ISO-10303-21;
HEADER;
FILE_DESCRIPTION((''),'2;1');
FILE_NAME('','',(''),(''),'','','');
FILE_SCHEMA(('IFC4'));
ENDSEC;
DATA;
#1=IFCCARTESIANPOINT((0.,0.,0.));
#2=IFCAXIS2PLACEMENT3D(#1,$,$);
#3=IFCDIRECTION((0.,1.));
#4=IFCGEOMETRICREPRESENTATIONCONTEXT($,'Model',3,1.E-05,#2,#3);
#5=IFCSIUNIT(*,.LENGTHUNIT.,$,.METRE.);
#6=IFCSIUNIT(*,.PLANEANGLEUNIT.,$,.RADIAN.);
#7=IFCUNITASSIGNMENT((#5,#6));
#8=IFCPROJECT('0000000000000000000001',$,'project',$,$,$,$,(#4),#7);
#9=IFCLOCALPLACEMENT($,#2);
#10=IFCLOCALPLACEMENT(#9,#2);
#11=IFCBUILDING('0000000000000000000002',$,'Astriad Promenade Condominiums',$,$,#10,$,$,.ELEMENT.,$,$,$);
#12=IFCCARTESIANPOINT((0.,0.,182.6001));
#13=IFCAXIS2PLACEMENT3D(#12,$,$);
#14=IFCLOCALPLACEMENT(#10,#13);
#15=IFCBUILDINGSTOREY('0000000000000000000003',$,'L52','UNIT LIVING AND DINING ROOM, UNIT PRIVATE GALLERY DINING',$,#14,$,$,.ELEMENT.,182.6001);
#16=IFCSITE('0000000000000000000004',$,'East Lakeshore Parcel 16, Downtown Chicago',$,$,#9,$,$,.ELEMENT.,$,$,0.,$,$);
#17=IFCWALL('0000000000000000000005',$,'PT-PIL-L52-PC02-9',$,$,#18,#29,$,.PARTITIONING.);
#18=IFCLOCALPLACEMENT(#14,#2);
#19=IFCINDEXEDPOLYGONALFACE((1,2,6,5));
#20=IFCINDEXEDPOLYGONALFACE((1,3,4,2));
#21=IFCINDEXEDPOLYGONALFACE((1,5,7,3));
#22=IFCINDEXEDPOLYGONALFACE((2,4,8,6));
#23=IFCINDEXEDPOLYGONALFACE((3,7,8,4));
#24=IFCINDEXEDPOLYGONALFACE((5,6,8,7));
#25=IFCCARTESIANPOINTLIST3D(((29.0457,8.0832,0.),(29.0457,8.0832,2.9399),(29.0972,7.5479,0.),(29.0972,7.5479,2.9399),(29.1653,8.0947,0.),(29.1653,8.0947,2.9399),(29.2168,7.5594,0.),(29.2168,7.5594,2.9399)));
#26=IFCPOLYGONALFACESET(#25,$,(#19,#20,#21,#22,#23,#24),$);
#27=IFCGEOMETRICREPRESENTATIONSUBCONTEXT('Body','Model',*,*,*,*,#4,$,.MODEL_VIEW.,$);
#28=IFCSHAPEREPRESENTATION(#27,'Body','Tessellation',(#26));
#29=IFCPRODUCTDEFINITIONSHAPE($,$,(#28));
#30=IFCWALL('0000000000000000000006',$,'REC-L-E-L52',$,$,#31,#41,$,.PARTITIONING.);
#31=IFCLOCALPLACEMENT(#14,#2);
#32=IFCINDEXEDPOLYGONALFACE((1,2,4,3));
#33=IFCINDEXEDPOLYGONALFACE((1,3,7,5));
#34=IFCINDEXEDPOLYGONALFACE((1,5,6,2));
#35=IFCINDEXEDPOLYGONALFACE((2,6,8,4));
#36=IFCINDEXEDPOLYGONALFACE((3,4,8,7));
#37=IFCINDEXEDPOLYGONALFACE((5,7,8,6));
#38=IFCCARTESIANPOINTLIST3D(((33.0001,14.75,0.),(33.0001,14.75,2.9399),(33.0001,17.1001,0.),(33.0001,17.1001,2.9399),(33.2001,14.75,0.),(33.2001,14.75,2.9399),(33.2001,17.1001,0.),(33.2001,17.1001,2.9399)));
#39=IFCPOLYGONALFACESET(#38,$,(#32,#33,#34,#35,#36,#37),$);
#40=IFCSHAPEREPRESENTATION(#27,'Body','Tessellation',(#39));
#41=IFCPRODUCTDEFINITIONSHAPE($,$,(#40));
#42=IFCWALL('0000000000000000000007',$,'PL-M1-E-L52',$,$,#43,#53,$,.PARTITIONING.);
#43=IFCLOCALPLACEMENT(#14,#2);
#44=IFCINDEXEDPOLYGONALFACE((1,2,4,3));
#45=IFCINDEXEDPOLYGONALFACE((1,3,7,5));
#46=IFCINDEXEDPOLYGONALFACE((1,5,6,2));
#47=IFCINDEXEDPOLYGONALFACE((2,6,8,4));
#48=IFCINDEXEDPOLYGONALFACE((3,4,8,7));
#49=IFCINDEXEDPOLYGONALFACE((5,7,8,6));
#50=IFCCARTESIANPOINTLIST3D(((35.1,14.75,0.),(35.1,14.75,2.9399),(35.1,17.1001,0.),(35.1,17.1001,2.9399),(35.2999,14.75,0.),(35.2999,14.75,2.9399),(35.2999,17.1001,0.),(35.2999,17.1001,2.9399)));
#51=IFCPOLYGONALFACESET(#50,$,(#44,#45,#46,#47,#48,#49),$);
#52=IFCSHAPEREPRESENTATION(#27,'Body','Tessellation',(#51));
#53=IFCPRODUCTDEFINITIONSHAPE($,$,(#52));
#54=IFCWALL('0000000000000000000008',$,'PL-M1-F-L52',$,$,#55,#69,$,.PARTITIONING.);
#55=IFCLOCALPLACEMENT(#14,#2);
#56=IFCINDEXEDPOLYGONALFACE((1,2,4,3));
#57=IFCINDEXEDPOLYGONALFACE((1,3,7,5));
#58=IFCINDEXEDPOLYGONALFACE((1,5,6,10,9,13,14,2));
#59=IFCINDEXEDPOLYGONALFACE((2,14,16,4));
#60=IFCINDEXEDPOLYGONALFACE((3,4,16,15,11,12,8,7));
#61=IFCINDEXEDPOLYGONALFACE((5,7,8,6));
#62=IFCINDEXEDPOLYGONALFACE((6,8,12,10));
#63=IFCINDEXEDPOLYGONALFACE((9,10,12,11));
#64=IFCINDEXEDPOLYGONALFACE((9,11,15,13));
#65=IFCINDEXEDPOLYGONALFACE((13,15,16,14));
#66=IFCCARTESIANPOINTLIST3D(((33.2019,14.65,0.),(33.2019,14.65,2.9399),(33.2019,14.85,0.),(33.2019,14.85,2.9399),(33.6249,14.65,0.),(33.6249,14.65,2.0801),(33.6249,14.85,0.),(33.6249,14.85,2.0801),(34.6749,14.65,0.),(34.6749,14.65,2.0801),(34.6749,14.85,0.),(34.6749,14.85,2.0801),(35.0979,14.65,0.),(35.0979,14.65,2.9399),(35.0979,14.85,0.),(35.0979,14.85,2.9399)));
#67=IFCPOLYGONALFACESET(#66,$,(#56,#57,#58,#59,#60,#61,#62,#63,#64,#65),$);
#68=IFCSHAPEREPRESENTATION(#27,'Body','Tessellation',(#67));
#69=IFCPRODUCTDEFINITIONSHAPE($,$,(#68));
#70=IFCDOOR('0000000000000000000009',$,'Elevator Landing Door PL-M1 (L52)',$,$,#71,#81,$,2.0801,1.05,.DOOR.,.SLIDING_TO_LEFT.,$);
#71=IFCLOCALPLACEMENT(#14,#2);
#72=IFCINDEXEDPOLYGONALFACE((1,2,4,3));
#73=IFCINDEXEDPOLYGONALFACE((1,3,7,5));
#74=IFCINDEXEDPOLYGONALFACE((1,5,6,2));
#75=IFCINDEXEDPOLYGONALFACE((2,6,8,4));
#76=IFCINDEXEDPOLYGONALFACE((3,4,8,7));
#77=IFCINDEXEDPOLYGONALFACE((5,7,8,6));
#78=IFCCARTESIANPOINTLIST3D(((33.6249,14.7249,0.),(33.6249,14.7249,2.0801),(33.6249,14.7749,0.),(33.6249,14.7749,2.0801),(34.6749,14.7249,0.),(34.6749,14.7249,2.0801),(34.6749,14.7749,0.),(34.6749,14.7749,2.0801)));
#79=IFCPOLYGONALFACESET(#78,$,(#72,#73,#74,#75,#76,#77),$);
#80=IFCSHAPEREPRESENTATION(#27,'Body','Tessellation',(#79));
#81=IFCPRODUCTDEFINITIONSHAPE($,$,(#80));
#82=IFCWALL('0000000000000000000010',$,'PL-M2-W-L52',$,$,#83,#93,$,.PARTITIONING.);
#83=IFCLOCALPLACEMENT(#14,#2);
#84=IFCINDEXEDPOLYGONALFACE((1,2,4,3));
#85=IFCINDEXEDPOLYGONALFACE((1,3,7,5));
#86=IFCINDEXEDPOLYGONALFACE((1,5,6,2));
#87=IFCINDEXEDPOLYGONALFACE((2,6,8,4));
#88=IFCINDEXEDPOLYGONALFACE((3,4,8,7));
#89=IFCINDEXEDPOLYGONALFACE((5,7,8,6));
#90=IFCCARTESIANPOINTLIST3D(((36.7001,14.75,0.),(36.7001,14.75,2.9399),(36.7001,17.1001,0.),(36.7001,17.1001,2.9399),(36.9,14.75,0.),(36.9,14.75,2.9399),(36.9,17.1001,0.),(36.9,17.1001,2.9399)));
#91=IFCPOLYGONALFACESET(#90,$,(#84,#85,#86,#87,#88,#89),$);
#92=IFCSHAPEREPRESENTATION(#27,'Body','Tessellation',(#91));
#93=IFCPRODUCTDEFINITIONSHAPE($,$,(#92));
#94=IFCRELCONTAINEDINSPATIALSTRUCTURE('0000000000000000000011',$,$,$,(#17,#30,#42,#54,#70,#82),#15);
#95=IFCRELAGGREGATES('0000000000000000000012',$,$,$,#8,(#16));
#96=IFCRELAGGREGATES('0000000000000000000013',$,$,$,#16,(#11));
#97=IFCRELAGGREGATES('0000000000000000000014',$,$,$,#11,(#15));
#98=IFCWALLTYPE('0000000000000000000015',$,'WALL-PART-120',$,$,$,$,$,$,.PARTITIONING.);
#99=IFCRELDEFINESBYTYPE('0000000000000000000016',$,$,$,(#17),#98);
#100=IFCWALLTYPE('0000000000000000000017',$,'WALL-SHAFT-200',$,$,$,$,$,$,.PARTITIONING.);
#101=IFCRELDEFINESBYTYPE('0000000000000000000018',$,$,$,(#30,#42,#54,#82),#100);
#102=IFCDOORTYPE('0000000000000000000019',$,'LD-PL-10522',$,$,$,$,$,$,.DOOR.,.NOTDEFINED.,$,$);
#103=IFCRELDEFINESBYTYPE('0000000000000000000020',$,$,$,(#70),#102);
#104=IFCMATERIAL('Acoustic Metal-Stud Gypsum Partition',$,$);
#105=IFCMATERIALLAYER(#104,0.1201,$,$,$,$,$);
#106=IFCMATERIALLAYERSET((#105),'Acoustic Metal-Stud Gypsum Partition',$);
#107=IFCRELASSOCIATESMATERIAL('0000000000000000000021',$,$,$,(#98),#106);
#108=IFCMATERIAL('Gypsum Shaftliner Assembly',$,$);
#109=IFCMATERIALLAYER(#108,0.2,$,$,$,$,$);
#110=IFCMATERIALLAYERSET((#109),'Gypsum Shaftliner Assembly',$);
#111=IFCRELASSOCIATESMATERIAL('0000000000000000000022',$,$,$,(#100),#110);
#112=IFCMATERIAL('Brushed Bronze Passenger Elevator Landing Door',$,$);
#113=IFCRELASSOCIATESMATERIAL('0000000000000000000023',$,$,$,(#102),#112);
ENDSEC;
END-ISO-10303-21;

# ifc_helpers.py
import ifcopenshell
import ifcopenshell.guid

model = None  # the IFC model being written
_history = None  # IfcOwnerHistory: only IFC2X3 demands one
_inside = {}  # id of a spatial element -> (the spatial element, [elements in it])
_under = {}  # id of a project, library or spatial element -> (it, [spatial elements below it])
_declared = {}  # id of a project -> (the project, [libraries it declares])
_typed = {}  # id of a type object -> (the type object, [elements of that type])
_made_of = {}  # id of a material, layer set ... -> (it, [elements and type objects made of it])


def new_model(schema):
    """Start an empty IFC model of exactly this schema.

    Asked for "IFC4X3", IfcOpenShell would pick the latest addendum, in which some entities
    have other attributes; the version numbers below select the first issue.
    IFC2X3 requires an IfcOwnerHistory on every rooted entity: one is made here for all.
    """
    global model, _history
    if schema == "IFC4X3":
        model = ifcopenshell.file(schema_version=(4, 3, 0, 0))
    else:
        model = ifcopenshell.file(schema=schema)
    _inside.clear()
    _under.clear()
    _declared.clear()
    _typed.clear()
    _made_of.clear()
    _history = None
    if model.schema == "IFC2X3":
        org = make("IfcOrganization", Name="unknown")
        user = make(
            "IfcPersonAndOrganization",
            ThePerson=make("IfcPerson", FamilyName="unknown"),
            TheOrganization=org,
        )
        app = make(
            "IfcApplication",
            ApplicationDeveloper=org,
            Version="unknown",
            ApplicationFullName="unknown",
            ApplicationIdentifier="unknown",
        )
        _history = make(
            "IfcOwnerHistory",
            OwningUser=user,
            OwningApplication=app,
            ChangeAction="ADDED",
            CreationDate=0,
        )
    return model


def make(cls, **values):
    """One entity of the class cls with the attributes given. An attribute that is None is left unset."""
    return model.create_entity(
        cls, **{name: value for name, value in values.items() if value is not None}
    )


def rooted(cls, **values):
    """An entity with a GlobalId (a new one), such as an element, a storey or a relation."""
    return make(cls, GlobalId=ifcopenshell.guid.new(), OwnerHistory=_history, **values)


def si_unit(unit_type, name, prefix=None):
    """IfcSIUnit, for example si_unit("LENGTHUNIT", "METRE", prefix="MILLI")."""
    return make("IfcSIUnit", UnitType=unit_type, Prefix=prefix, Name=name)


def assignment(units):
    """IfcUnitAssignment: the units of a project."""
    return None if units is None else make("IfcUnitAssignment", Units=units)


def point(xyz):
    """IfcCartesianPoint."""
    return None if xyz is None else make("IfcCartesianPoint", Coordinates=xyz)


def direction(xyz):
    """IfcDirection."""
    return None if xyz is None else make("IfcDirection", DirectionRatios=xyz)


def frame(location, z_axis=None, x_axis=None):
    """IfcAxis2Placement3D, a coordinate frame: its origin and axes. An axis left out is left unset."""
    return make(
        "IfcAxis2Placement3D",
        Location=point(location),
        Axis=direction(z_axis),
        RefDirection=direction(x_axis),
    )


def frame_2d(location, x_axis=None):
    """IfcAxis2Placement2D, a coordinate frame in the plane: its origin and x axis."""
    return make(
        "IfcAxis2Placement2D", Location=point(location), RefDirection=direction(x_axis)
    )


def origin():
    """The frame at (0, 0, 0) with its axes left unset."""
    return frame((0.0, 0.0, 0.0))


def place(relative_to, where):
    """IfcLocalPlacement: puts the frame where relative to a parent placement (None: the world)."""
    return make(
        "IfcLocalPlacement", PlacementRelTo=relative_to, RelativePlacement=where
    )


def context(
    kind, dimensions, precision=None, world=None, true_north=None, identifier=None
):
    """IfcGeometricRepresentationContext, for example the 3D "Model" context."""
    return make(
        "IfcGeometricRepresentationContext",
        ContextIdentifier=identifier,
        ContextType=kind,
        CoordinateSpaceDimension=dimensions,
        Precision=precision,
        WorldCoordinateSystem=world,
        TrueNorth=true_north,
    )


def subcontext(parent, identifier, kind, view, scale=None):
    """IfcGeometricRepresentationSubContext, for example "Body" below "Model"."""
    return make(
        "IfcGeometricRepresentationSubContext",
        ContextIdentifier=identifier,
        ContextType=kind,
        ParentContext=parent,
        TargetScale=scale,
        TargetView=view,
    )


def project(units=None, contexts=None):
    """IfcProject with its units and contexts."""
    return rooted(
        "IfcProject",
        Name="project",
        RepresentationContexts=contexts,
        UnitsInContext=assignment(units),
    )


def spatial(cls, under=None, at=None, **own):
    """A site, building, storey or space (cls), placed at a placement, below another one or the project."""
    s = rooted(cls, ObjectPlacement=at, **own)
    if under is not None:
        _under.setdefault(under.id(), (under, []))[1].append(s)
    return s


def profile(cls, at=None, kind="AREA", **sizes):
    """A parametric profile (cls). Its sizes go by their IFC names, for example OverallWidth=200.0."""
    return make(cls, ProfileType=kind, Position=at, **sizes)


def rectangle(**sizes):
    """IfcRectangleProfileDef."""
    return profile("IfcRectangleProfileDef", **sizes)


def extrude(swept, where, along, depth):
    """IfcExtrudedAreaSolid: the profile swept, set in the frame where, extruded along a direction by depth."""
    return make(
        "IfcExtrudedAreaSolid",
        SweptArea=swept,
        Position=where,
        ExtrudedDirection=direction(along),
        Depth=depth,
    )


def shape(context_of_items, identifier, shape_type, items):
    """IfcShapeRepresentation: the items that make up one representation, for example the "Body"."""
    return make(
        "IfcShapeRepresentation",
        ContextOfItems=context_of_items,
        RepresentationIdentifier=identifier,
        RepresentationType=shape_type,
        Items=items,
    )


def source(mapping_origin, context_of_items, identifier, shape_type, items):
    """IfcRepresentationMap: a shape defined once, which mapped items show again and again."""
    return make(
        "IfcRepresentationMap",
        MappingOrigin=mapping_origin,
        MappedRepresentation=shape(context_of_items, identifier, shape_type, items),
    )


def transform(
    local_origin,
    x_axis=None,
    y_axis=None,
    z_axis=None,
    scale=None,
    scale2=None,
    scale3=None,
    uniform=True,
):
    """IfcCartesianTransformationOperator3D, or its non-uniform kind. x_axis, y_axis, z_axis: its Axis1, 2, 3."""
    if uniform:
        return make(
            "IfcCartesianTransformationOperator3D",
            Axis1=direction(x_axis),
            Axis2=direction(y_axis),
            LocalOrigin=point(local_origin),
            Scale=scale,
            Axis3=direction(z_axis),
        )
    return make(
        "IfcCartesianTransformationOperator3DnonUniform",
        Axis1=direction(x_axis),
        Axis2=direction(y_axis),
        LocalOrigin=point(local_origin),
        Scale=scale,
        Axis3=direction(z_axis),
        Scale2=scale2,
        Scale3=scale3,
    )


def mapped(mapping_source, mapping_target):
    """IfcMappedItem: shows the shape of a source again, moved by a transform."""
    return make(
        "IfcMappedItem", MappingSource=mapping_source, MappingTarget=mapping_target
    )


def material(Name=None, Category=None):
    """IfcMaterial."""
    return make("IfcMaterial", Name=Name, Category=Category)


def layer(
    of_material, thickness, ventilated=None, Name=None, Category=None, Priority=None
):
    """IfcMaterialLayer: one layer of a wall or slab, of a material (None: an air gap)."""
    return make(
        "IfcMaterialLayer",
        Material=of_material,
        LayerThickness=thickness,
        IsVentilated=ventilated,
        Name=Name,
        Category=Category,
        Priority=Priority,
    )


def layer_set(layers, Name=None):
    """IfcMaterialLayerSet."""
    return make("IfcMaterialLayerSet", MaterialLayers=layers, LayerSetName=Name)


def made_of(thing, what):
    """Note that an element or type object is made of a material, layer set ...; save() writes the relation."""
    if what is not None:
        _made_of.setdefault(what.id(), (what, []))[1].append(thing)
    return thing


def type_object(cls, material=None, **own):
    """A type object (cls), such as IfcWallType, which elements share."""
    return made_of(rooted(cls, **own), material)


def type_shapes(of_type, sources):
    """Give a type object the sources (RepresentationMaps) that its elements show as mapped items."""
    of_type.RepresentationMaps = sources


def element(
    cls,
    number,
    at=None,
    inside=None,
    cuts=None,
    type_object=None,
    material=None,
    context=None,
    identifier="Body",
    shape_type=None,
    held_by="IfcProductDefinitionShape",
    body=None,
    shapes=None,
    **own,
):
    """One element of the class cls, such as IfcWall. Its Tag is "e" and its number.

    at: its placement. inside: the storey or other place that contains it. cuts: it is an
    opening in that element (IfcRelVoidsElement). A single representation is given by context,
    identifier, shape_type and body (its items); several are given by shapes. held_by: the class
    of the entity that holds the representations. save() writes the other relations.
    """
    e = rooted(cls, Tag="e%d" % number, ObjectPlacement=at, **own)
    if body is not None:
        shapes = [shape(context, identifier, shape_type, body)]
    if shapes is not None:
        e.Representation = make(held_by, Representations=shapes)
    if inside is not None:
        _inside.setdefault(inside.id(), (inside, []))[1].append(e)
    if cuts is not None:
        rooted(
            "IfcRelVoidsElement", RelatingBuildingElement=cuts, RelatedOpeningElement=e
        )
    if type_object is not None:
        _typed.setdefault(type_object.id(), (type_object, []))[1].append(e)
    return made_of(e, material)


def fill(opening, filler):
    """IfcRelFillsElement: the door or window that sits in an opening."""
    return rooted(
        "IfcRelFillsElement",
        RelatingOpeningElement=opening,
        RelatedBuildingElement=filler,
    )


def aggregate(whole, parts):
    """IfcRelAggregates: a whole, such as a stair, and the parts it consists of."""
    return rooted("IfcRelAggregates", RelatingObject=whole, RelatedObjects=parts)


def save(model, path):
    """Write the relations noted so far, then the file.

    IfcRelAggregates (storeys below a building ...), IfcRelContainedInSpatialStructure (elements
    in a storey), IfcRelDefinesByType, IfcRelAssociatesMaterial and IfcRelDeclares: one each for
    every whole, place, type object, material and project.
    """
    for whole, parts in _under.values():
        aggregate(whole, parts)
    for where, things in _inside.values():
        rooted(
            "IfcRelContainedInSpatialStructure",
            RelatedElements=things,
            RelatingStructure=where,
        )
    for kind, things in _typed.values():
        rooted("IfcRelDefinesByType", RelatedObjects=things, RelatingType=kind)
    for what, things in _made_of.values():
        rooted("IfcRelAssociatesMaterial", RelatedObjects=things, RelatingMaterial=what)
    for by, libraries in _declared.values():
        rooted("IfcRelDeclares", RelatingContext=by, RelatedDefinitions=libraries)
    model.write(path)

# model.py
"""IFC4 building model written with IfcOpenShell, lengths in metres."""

from ifc_helpers import new_model, si_unit, direction, frame, frame_2d, origin, place, context, subcontext, project, spatial, rectangle, extrude, source, transform, mapped, material, layer, layer_set, type_object, type_shapes, element, fill, save


model = new_model("IFC4")

# Units and contexts
model_context = context("Model", 3, precision=1e-05, world=origin(), true_north=direction((0.0, 1.0)))
body_context = subcontext(model_context, "Body", "Model", "MODEL_VIEW")
ifc_project = project(units=[si_unit("LENGTHUNIT", "METRE"), si_unit("PLANEANGLEUNIT", "RADIAN")], contexts=[model_context])

# Site, building, storey
site_placement = place(None, origin())
site = spatial("IfcSite", under=ifc_project, at=site_placement, Name="East Lakeshore Parcel 16, Downtown Chicago", CompositionType="ELEMENT", RefElevation=0.0)
building_placement = place(site_placement, origin())
building = spatial("IfcBuilding", under=site, at=building_placement, Name="Astriad Promenade Condominiums", CompositionType="ELEMENT")
storey_placement = place(building_placement, frame((0.0, 0.0, 182.6001)))
storey = spatial("IfcBuildingStorey", under=building, at=storey_placement, Name="L52", Description="UNIT LIVING AND DINING ROOM, UNIT PRIVATE GALLERY DINING", CompositionType="ELEMENT", Elevation=182.6001)

# Shared definitions
ifc_material_1 = material(Name="Acoustic Metal-Stud Gypsum Partition")
ifc_layer_1 = layer(ifc_material_1, 0.1201)
ifc_layer_set_1 = layer_set([ifc_layer_1], Name="Acoustic Metal-Stud Gypsum Partition")
wall_type_1 = type_object("IfcWallType", Name="WALL-PART-120", PredefinedType="PARTITIONING", material=ifc_layer_set_1)

# Walls
wall_1_placement = place(storey_placement, frame((29.1055, 8.0891, 0.0), z_axis=(0.0, 0.0, 1.0), x_axis=(0.095773, -0.995403, 0.0)))
element("IfcWall", 1, at=wall_1_placement, inside=storey, type_object=wall_type_1, Name="PT-PIL-L52-PC02-9", PredefinedType="PARTITIONING", context=body_context, shape_type="SweptSolid", body=[
    extrude(rectangle(XDim=0.5378, YDim=0.1201, at=frame_2d((0.269, 0.0))), origin(), (0.0, 0.0, 1.0), 2.9399),
])
ifc_material_2 = material(Name="Gypsum Shaftliner Assembly")
ifc_layer_2 = layer(ifc_material_2, 0.2)
ifc_layer_set_2 = layer_set([ifc_layer_2], Name="Gypsum Shaftliner Assembly")
wall_type_2 = type_object("IfcWallType", Name="WALL-SHAFT-200", PredefinedType="PARTITIONING", material=ifc_layer_set_2)
for number, where, z_axis, x_axis, name in (
    (2, (33.1001, 14.75, 0.0), (0.0, 0.0, 1.0), (0.0, 1.0, 0.0), "REC-L-E-L52"),
    (3, (35.2, 14.75, 0.0), (0.0, 0.0, 1.0), (0.0, 1.0, 0.0), "PL-M1-E-L52"),
):
    element("IfcWall", number, at=place(storey_placement, frame(where, z_axis=z_axis, x_axis=x_axis)), inside=storey, type_object=wall_type_2, Name=name, PredefinedType="PARTITIONING", context=body_context, shape_type="SweptSolid", body=[
        extrude(rectangle(XDim=2.3501, YDim=0.2, at=frame_2d((1.175, 0.0))), origin(), (0.0, 0.0, 1.0), 2.9399),
    ])

# Wall, opening, door
wall_2_placement = place(storey_placement, frame((33.2019, 14.75, 0.0), z_axis=(0.0, 0.0, 1.0), x_axis=(1.0, 0.0, 0.0)))
wall_2 = element("IfcWall", 4, at=wall_2_placement, inside=storey, type_object=wall_type_2, Name="PL-M1-F-L52", PredefinedType="PARTITIONING", context=body_context, shape_type="SweptSolid", body=[
    extrude(rectangle(XDim=1.896, YDim=0.2, at=frame_2d((0.948, 0.0))), origin(), (0.0, 0.0, 1.0), 2.9399),
])
opening_1_placement = place(wall_2_placement, frame((0.4231, 0.0, 0.0)))
opening_1 = element("IfcOpeningElement", 5, at=opening_1_placement, cuts=wall_2, PredefinedType="OPENING", context=body_context, shape_type="SweptSolid", body=[
    extrude(rectangle(XDim=1.05, YDim=2.0801, at=frame_2d((0.5249, 1.04))), frame((0.0, 0.1099, 0.0), z_axis=(0.0, -1.0, 0.0), x_axis=(1.0, 0.0, 0.0)), (0.0, 0.0, 1.0), 0.22),
])
ifc_material_3 = material(Name="Brushed Bronze Passenger Elevator Landing Door")
door_type_1 = type_object("IfcDoorType", Name="LD-PL-10522", OperationType="NOTDEFINED", PredefinedType="DOOR", material=ifc_material_3)
shared_shape_1 = source(origin(), body_context, "Body", "SweptSolid", [
    extrude(rectangle(XDim=1.05, YDim=2.0801, at=frame_2d((0.5249, 1.04))), frame((0.0, 0.0249, 0.0), z_axis=(0.0, -1.0, 0.0), x_axis=(1.0, 0.0, 0.0)), (0.0, 0.0, 1.0), 0.05),
])
type_shapes(door_type_1, [shared_shape_1])
door_1_placement = place(opening_1_placement, origin())
door_1 = element("IfcDoor", 6, at=door_1_placement, inside=storey, type_object=door_type_1, Name="Elevator Landing Door PL-M1 (L52)", OperationType="SLIDING_TO_LEFT", OverallHeight=2.0801, OverallWidth=1.05, PredefinedType="DOOR", context=body_context, shape_type="MappedRepresentation", body=[
    mapped(shared_shape_1, transform((0.0, 0.0, 0.0), scale=1.0)),
])
fill(opening_1, door_1)

# Wall
wall_3_placement = place(storey_placement, frame((36.8, 14.75, 0.0), z_axis=(0.0, 0.0, 1.0), x_axis=(0.0, 1.0, 0.0)))
element("IfcWall", 7, at=wall_3_placement, inside=storey, type_object=wall_type_2, Name="PL-M2-W-L52", PredefinedType="PARTITIONING", context=body_context, shape_type="SweptSolid", body=[
    extrude(rectangle(XDim=2.3501, YDim=0.2, at=frame_2d((1.175, 0.0))), origin(), (0.0, 0.0, 1.0), 2.9399),
])

save(model, "model.ifc")
